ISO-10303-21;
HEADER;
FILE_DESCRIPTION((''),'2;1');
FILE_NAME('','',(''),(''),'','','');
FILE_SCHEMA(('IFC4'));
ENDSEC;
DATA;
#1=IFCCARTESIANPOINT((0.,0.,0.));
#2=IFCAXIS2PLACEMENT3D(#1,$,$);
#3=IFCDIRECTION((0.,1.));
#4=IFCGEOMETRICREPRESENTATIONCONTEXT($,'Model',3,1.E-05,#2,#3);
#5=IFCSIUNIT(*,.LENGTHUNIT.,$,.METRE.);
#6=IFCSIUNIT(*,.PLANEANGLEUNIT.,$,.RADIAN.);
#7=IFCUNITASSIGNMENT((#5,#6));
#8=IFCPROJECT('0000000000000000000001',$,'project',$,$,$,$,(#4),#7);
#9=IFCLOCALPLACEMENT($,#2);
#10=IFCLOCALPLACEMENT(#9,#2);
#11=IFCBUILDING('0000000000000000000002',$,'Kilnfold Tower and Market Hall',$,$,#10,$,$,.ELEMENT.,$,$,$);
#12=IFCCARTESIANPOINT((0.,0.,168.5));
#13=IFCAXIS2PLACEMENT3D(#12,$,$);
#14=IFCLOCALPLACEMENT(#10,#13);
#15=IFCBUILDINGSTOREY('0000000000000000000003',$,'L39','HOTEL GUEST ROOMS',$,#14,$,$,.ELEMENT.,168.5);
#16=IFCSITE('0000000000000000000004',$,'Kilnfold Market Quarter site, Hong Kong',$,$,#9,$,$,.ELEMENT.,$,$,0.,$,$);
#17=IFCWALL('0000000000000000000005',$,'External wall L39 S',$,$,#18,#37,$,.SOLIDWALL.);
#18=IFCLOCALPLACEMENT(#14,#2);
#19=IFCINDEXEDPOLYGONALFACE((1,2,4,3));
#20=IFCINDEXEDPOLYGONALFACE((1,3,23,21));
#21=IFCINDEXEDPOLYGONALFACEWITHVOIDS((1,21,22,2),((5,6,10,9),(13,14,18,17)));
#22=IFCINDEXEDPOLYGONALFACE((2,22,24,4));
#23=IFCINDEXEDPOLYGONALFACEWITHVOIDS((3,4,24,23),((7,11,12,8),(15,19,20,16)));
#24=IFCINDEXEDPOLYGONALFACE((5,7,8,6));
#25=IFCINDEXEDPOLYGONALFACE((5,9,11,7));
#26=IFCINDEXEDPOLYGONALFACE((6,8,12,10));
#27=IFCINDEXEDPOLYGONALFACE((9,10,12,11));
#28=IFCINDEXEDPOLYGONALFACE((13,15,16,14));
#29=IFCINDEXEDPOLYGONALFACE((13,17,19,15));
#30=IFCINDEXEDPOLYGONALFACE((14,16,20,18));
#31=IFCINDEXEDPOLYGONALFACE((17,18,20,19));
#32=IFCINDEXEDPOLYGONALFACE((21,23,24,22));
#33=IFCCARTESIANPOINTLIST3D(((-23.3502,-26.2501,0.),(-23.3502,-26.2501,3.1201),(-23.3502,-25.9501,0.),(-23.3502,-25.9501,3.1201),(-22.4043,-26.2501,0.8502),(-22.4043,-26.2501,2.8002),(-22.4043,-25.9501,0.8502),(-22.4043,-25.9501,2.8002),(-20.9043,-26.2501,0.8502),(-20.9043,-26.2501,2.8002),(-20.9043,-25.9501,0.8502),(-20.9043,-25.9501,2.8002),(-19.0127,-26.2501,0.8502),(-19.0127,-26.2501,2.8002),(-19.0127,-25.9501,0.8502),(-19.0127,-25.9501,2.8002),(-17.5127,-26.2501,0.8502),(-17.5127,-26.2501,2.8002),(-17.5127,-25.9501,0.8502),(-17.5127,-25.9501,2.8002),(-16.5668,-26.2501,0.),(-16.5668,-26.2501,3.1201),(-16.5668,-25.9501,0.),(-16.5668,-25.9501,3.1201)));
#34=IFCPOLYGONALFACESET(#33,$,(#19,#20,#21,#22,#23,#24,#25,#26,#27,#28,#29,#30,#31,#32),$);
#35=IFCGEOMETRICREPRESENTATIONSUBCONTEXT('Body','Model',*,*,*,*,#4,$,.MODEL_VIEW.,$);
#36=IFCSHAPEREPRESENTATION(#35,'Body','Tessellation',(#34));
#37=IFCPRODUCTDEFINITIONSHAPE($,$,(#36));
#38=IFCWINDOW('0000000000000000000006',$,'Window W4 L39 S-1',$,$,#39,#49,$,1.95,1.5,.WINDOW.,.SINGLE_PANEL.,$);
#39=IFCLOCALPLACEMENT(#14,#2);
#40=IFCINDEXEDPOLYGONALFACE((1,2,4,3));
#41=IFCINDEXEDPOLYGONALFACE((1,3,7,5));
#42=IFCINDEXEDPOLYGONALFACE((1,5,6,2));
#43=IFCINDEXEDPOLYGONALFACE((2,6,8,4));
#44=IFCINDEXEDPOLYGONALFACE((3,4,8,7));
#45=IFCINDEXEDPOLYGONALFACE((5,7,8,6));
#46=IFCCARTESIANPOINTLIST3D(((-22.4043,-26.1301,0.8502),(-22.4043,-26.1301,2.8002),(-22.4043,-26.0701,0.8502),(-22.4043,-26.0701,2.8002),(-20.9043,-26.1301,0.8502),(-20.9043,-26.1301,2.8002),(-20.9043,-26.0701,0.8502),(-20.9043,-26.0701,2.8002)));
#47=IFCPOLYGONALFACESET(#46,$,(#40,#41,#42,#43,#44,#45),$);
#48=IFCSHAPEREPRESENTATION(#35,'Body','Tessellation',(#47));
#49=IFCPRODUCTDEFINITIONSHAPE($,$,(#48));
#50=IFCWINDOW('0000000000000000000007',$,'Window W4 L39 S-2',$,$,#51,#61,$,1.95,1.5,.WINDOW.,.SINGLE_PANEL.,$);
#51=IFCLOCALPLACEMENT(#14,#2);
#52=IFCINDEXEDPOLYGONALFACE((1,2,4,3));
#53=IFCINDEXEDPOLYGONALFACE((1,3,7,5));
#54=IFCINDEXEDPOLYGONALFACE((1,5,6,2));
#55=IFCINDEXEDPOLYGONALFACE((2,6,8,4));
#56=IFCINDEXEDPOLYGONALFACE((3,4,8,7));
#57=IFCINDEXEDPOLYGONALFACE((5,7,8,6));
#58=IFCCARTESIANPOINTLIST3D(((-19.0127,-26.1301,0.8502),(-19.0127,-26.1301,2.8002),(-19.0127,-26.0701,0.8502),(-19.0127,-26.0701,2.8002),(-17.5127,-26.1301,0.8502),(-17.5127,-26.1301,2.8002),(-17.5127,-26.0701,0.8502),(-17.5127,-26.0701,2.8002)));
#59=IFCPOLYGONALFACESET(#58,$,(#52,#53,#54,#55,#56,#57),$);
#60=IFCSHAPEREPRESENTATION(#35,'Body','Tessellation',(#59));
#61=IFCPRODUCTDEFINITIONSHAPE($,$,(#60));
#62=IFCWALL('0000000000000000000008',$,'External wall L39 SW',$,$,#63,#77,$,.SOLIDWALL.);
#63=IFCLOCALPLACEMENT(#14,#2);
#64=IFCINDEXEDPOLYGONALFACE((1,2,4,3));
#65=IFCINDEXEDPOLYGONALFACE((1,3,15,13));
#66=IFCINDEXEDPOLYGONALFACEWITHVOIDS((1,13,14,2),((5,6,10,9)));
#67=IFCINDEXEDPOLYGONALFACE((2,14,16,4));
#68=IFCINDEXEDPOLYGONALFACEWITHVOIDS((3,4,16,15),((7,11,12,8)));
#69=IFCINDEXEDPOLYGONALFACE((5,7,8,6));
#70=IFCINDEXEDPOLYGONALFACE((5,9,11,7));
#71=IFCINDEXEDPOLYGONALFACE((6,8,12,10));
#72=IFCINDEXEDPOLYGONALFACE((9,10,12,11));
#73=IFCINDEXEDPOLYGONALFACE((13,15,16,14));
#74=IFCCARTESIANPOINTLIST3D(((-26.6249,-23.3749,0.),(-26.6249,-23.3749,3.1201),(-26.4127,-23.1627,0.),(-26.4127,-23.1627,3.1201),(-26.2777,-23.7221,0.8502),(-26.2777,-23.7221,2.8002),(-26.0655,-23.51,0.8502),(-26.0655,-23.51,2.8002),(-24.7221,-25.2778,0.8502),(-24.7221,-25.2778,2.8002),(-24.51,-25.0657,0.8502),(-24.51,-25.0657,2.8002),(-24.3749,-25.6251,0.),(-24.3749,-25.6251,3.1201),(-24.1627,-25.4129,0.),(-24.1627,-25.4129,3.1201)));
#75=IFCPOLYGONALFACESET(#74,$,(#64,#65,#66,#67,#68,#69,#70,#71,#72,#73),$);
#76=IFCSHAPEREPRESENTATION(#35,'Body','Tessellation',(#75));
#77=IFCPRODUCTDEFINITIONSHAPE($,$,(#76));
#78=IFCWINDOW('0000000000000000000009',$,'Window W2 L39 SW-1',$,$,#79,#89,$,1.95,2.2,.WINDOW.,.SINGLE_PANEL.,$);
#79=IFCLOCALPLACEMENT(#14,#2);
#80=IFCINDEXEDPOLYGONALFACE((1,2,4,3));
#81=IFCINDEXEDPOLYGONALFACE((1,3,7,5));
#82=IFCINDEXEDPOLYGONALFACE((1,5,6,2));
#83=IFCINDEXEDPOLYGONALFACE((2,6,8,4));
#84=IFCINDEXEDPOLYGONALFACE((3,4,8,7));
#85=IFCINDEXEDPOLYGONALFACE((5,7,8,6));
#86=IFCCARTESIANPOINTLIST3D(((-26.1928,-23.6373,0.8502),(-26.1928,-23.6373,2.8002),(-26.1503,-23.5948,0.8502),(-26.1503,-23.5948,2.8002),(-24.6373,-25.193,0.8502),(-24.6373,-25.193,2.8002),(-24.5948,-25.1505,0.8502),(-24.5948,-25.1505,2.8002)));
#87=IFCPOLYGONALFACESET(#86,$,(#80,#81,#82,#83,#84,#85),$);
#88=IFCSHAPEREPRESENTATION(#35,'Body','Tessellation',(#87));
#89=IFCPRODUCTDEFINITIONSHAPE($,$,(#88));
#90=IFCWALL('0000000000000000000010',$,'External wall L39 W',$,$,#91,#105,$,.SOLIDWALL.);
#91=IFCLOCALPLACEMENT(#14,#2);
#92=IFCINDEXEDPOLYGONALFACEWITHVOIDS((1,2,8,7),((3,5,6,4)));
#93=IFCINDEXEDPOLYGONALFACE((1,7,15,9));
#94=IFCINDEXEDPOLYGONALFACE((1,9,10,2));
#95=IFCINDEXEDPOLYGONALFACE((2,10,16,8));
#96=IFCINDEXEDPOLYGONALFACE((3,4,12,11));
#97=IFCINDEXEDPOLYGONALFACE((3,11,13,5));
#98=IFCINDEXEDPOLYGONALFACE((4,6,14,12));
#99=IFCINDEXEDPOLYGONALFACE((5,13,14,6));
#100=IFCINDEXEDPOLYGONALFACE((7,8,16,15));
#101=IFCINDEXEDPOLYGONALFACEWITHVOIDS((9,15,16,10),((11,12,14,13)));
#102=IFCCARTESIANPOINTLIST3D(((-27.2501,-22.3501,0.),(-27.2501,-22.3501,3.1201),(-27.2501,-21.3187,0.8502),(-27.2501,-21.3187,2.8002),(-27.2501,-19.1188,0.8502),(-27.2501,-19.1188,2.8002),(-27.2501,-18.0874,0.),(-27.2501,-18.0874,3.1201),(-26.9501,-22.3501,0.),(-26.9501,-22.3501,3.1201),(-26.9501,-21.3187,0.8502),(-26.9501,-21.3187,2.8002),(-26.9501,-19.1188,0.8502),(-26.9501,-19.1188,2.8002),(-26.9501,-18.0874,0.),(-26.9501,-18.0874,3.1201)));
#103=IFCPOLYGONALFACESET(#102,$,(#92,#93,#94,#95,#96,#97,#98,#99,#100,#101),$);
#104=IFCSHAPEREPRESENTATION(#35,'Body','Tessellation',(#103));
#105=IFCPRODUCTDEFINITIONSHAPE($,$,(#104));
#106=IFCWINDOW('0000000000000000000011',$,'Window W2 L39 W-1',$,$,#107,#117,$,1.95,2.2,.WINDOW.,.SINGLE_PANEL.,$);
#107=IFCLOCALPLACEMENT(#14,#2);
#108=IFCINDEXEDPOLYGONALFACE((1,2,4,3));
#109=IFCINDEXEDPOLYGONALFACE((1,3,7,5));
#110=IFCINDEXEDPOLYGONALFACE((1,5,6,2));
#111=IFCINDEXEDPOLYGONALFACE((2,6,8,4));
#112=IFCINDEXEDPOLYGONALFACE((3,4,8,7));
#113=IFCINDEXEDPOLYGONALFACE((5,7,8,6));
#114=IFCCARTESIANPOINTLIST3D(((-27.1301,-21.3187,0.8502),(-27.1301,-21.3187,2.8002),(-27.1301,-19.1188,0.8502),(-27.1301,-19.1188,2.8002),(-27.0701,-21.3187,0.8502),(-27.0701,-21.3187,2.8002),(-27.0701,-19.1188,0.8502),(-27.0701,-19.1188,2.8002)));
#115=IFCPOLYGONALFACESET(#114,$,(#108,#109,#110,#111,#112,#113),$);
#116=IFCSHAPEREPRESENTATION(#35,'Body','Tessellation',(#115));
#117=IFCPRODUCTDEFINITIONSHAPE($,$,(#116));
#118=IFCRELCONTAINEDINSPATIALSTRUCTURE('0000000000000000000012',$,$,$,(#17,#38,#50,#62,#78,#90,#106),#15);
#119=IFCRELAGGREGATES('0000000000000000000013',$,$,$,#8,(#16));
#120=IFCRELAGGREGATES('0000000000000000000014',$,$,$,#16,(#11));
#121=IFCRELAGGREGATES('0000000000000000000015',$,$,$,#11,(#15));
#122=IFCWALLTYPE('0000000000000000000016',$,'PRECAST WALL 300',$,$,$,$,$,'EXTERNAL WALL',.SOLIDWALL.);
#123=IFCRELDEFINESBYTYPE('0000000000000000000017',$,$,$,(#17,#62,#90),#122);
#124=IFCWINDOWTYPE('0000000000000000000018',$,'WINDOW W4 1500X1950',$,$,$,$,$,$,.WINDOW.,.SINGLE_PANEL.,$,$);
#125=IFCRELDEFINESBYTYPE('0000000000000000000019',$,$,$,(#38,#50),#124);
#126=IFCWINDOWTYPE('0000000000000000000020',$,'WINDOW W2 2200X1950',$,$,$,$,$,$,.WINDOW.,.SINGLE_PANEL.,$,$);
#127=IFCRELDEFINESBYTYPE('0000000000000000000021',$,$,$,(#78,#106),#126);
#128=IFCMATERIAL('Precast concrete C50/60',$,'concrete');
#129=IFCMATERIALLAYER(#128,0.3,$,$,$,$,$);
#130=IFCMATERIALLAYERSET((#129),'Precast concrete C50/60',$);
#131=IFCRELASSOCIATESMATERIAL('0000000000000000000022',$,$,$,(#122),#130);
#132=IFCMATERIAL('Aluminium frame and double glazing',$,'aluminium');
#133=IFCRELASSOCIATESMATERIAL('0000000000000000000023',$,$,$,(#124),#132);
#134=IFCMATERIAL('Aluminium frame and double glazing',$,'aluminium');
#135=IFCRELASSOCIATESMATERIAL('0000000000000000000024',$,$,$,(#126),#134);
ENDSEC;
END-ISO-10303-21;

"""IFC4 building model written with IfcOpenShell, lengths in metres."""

from ifc_helpers import new_model, si_unit, direction, frame, frame_2d, origin, place, context, subcontext, project, spatial, rectangle, extrude, source, transform, mapped, material, layer, layer_set, type_object, element, fill, save


model = new_model("IFC4")

# Units and contexts
model_context = context("Model", 3, precision=1e-05, world=origin(), true_north=direction((0.0, 1.0)))
body_context = subcontext(model_context, "Body", "Model", "MODEL_VIEW")
ifc_project = project(units=[si_unit("LENGTHUNIT", "METRE"), si_unit("PLANEANGLEUNIT", "RADIAN")], contexts=[model_context])

# Site, building, storey
site_placement = place(None, origin())
site = spatial("IfcSite", under=ifc_project, at=site_placement, Name="Kilnfold Market Quarter site, Hong Kong", CompositionType="ELEMENT", RefElevation=0.0)
building_placement = place(site_placement, origin())
building = spatial("IfcBuilding", under=site, at=building_placement, Name="Kilnfold Tower and Market Hall", CompositionType="ELEMENT")
storey_placement = place(building_placement, frame((0.0, 0.0, 168.5)))
storey = spatial("IfcBuildingStorey", under=building, at=storey_placement, Name="L39", Description="HOTEL GUEST ROOMS", CompositionType="ELEMENT", Elevation=168.5)

# Wall, openings, windows
ifc_material_1 = material(Name="Precast concrete C50/60", Category="concrete")
ifc_layer_1 = layer(ifc_material_1, 0.3)
ifc_layer_set_1 = layer_set([ifc_layer_1], Name="Precast concrete C50/60")
wall_type_1 = type_object("IfcWallType", Name="PRECAST WALL 300", ElementType="EXTERNAL WALL", PredefinedType="SOLIDWALL", material=ifc_layer_set_1)
shared_shape_1 = source(origin(), body_context, "Body", "SweptSolid", [
    extrude(rectangle(XDim=6.7834, YDim=0.3, at=frame_2d((3.3916, 0.0))), origin(), (0.0, 0.0, 1.0), 3.1201),
])
wall_1_placement = place(storey_placement, frame((-23.3501, -26.1001, 0.0), z_axis=(0.0, 0.0, 1.0), x_axis=(1.0, 0.0, 0.0)))
wall_1 = element("IfcWall", 1, at=wall_1_placement, inside=storey, type_object=wall_type_1, Name="External wall L39 S", PredefinedType="SOLIDWALL", context=body_context, shape_type="MappedRepresentation", body=[
    mapped(shared_shape_1, transform((0.0, 0.0, 0.0))),
])
opening_1_placement = place(wall_1_placement, frame((0.9458, 0.0, 0.8501)))
opening_1 = element("IfcOpeningElement", 2, at=opening_1_placement, cuts=wall_1, PredefinedType="OPENING", context=body_context, shape_type="SweptSolid", body=[
    extrude(rectangle(XDim=1.5, YDim=1.95, at=frame_2d((0.75, 0.9751))), frame((0.0, 0.1602, 0.0), z_axis=(0.0, -1.0, 0.0), x_axis=(1.0, 0.0, 0.0)), (0.0, 0.0, 1.0), 0.3201),
])
opening_2_placement = place(wall_1_placement, frame((4.3374, 0.0, 0.8501)))
opening_2 = element("IfcOpeningElement", 3, at=opening_2_placement, cuts=wall_1, PredefinedType="OPENING", context=body_context, shape_type="SweptSolid", body=[
    extrude(rectangle(XDim=1.5, YDim=1.95, at=frame_2d((0.75, 0.9751))), frame((0.0, 0.1602, 0.0), z_axis=(0.0, -1.0, 0.0), x_axis=(1.0, 0.0, 0.0)), (0.0, 0.0, 1.0), 0.3201),
])
ifc_material_2 = material(Name="Aluminium frame and double glazing", Category="aluminium")
window_type_1 = type_object("IfcWindowType", Name="WINDOW W4 1500X1950", PartitioningType="SINGLE_PANEL", PredefinedType="WINDOW", material=ifc_material_2)
window_1_placement = place(opening_1_placement, origin())
window_1 = element("IfcWindow", 4, at=window_1_placement, inside=storey, type_object=window_type_1, Name="Window W4 L39 S-1", OverallHeight=1.95, OverallWidth=1.5, PartitioningType="SINGLE_PANEL", PredefinedType="WINDOW", context=body_context, shape_type="SweptSolid", body=[
    extrude(rectangle(XDim=1.5, YDim=1.95, at=frame_2d((0.75, 0.9751))), frame((0.0, 0.03, 0.0), z_axis=(0.0, -1.0, 0.0), x_axis=(1.0, 0.0, 0.0)), (0.0, 0.0, 1.0), 0.0601),
])
fill(opening_1, window_1)
window_2_placement = place(opening_2_placement, origin())
window_2 = element("IfcWindow", 5, at=window_2_placement, inside=storey, type_object=window_type_1, Name="Window W4 L39 S-2", OverallHeight=1.95, OverallWidth=1.5, PartitioningType="SINGLE_PANEL", PredefinedType="WINDOW", context=body_context, shape_type="SweptSolid", body=[
    extrude(rectangle(XDim=1.5, YDim=1.95, at=frame_2d((0.75, 0.9751))), frame((0.0, 0.03, 0.0), z_axis=(0.0, -1.0, 0.0), x_axis=(1.0, 0.0, 0.0)), (0.0, 0.0, 1.0), 0.0601),
])
fill(opening_2, window_2)

# Walls, openings, windows
shared_shape_2 = source(origin(), body_context, "Body", "SweptSolid", [
    extrude(rectangle(XDim=3.1821, YDim=0.3, at=frame_2d((1.5911, 0.0))), origin(), (0.0, 0.0, 1.0), 3.1201),
])
wall_2_placement = place(storey_placement, frame((-26.5188, -23.2688, 0.0), z_axis=(0.0, 0.0, 1.0), x_axis=(0.707068, -0.707145, 0.0)))
wall_2 = element("IfcWall", 6, at=wall_2_placement, inside=storey, type_object=wall_type_1, Name="External wall L39 SW", PredefinedType="SOLIDWALL", context=body_context, shape_type="MappedRepresentation", body=[
    mapped(shared_shape_2, transform((0.0, 0.0, 0.0))),
])
opening_3_placement = place(wall_2_placement, frame((0.491, 0.0, 0.8501)))
opening_3 = element("IfcOpeningElement", 7, at=opening_3_placement, cuts=wall_2, PredefinedType="OPENING", context=body_context, shape_type="SweptSolid", body=[
    extrude(rectangle(XDim=2.2, YDim=1.95, at=frame_2d((1.1001, 0.9751))), frame((0.0, 0.1602, 0.0), z_axis=(0.0, -1.0, 0.0), x_axis=(1.0, 0.0, 0.0)), (0.0, 0.0, 1.0), 0.3201),
])
ifc_material_3 = material(Name="Aluminium frame and double glazing", Category="aluminium")
window_type_2 = type_object("IfcWindowType", Name="WINDOW W2 2200X1950", PartitioningType="SINGLE_PANEL", PredefinedType="WINDOW", material=ifc_material_3)
window_3_placement = place(opening_3_placement, origin())
window_3 = element("IfcWindow", 8, at=window_3_placement, inside=storey, type_object=window_type_2, Name="Window W2 L39 SW-1", OverallHeight=1.95, OverallWidth=2.2, PartitioningType="SINGLE_PANEL", PredefinedType="WINDOW", context=body_context, shape_type="SweptSolid", body=[
    extrude(rectangle(XDim=2.2, YDim=1.95, at=frame_2d((1.1001, 0.9751))), frame((0.0, 0.03, 0.0), z_axis=(0.0, -1.0, 0.0), x_axis=(1.0, 0.0, 0.0)), (0.0, 0.0, 1.0), 0.0601),
])
fill(opening_3, window_3)
shared_shape_3 = source(origin(), body_context, "Body", "SweptSolid", [
    extrude(rectangle(XDim=4.2627, YDim=0.3, at=frame_2d((2.1313, 0.0))), origin(), (0.0, 0.0, 1.0), 3.1201),
])
wall_3_placement = place(storey_placement, frame((-27.1001, -18.0874, 0.0), z_axis=(0.0, 0.0, 1.0), x_axis=(0.0, -1.0, 0.0)))
wall_3 = element("IfcWall", 9, at=wall_3_placement, inside=storey, type_object=wall_type_1, Name="External wall L39 W", PredefinedType="SOLIDWALL", context=body_context, shape_type="MappedRepresentation", body=[
    mapped(shared_shape_3, transform((0.0, 0.0, 0.0))),
])
opening_4_placement = place(wall_3_placement, frame((1.0312, 0.0, 0.8501)))
opening_4 = element("IfcOpeningElement", 10, at=opening_4_placement, cuts=wall_3, PredefinedType="OPENING", context=body_context, shape_type="SweptSolid", body=[
    extrude(rectangle(XDim=2.2, YDim=1.95, at=frame_2d((1.1001, 0.9751))), frame((0.0, 0.1602, 0.0), z_axis=(0.0, -1.0, 0.0), x_axis=(1.0, 0.0, 0.0)), (0.0, 0.0, 1.0), 0.3201),
])
window_4_placement = place(opening_4_placement, origin())
window_4 = element("IfcWindow", 11, at=window_4_placement, inside=storey, type_object=window_type_2, Name="Window W2 L39 W-1", OverallHeight=1.95, OverallWidth=2.2, PartitioningType="SINGLE_PANEL", PredefinedType="WINDOW", context=body_context, shape_type="SweptSolid", body=[
    extrude(rectangle(XDim=2.2, YDim=1.95, at=frame_2d((1.1001, 0.9751))), frame((0.0, 0.03, 0.0), z_axis=(0.0, -1.0, 0.0), x_axis=(1.0, 0.0, 0.0)), (0.0, 0.0, 1.0), 0.0601),
])
fill(opening_4, window_4)

save(model, "model.ifc")
